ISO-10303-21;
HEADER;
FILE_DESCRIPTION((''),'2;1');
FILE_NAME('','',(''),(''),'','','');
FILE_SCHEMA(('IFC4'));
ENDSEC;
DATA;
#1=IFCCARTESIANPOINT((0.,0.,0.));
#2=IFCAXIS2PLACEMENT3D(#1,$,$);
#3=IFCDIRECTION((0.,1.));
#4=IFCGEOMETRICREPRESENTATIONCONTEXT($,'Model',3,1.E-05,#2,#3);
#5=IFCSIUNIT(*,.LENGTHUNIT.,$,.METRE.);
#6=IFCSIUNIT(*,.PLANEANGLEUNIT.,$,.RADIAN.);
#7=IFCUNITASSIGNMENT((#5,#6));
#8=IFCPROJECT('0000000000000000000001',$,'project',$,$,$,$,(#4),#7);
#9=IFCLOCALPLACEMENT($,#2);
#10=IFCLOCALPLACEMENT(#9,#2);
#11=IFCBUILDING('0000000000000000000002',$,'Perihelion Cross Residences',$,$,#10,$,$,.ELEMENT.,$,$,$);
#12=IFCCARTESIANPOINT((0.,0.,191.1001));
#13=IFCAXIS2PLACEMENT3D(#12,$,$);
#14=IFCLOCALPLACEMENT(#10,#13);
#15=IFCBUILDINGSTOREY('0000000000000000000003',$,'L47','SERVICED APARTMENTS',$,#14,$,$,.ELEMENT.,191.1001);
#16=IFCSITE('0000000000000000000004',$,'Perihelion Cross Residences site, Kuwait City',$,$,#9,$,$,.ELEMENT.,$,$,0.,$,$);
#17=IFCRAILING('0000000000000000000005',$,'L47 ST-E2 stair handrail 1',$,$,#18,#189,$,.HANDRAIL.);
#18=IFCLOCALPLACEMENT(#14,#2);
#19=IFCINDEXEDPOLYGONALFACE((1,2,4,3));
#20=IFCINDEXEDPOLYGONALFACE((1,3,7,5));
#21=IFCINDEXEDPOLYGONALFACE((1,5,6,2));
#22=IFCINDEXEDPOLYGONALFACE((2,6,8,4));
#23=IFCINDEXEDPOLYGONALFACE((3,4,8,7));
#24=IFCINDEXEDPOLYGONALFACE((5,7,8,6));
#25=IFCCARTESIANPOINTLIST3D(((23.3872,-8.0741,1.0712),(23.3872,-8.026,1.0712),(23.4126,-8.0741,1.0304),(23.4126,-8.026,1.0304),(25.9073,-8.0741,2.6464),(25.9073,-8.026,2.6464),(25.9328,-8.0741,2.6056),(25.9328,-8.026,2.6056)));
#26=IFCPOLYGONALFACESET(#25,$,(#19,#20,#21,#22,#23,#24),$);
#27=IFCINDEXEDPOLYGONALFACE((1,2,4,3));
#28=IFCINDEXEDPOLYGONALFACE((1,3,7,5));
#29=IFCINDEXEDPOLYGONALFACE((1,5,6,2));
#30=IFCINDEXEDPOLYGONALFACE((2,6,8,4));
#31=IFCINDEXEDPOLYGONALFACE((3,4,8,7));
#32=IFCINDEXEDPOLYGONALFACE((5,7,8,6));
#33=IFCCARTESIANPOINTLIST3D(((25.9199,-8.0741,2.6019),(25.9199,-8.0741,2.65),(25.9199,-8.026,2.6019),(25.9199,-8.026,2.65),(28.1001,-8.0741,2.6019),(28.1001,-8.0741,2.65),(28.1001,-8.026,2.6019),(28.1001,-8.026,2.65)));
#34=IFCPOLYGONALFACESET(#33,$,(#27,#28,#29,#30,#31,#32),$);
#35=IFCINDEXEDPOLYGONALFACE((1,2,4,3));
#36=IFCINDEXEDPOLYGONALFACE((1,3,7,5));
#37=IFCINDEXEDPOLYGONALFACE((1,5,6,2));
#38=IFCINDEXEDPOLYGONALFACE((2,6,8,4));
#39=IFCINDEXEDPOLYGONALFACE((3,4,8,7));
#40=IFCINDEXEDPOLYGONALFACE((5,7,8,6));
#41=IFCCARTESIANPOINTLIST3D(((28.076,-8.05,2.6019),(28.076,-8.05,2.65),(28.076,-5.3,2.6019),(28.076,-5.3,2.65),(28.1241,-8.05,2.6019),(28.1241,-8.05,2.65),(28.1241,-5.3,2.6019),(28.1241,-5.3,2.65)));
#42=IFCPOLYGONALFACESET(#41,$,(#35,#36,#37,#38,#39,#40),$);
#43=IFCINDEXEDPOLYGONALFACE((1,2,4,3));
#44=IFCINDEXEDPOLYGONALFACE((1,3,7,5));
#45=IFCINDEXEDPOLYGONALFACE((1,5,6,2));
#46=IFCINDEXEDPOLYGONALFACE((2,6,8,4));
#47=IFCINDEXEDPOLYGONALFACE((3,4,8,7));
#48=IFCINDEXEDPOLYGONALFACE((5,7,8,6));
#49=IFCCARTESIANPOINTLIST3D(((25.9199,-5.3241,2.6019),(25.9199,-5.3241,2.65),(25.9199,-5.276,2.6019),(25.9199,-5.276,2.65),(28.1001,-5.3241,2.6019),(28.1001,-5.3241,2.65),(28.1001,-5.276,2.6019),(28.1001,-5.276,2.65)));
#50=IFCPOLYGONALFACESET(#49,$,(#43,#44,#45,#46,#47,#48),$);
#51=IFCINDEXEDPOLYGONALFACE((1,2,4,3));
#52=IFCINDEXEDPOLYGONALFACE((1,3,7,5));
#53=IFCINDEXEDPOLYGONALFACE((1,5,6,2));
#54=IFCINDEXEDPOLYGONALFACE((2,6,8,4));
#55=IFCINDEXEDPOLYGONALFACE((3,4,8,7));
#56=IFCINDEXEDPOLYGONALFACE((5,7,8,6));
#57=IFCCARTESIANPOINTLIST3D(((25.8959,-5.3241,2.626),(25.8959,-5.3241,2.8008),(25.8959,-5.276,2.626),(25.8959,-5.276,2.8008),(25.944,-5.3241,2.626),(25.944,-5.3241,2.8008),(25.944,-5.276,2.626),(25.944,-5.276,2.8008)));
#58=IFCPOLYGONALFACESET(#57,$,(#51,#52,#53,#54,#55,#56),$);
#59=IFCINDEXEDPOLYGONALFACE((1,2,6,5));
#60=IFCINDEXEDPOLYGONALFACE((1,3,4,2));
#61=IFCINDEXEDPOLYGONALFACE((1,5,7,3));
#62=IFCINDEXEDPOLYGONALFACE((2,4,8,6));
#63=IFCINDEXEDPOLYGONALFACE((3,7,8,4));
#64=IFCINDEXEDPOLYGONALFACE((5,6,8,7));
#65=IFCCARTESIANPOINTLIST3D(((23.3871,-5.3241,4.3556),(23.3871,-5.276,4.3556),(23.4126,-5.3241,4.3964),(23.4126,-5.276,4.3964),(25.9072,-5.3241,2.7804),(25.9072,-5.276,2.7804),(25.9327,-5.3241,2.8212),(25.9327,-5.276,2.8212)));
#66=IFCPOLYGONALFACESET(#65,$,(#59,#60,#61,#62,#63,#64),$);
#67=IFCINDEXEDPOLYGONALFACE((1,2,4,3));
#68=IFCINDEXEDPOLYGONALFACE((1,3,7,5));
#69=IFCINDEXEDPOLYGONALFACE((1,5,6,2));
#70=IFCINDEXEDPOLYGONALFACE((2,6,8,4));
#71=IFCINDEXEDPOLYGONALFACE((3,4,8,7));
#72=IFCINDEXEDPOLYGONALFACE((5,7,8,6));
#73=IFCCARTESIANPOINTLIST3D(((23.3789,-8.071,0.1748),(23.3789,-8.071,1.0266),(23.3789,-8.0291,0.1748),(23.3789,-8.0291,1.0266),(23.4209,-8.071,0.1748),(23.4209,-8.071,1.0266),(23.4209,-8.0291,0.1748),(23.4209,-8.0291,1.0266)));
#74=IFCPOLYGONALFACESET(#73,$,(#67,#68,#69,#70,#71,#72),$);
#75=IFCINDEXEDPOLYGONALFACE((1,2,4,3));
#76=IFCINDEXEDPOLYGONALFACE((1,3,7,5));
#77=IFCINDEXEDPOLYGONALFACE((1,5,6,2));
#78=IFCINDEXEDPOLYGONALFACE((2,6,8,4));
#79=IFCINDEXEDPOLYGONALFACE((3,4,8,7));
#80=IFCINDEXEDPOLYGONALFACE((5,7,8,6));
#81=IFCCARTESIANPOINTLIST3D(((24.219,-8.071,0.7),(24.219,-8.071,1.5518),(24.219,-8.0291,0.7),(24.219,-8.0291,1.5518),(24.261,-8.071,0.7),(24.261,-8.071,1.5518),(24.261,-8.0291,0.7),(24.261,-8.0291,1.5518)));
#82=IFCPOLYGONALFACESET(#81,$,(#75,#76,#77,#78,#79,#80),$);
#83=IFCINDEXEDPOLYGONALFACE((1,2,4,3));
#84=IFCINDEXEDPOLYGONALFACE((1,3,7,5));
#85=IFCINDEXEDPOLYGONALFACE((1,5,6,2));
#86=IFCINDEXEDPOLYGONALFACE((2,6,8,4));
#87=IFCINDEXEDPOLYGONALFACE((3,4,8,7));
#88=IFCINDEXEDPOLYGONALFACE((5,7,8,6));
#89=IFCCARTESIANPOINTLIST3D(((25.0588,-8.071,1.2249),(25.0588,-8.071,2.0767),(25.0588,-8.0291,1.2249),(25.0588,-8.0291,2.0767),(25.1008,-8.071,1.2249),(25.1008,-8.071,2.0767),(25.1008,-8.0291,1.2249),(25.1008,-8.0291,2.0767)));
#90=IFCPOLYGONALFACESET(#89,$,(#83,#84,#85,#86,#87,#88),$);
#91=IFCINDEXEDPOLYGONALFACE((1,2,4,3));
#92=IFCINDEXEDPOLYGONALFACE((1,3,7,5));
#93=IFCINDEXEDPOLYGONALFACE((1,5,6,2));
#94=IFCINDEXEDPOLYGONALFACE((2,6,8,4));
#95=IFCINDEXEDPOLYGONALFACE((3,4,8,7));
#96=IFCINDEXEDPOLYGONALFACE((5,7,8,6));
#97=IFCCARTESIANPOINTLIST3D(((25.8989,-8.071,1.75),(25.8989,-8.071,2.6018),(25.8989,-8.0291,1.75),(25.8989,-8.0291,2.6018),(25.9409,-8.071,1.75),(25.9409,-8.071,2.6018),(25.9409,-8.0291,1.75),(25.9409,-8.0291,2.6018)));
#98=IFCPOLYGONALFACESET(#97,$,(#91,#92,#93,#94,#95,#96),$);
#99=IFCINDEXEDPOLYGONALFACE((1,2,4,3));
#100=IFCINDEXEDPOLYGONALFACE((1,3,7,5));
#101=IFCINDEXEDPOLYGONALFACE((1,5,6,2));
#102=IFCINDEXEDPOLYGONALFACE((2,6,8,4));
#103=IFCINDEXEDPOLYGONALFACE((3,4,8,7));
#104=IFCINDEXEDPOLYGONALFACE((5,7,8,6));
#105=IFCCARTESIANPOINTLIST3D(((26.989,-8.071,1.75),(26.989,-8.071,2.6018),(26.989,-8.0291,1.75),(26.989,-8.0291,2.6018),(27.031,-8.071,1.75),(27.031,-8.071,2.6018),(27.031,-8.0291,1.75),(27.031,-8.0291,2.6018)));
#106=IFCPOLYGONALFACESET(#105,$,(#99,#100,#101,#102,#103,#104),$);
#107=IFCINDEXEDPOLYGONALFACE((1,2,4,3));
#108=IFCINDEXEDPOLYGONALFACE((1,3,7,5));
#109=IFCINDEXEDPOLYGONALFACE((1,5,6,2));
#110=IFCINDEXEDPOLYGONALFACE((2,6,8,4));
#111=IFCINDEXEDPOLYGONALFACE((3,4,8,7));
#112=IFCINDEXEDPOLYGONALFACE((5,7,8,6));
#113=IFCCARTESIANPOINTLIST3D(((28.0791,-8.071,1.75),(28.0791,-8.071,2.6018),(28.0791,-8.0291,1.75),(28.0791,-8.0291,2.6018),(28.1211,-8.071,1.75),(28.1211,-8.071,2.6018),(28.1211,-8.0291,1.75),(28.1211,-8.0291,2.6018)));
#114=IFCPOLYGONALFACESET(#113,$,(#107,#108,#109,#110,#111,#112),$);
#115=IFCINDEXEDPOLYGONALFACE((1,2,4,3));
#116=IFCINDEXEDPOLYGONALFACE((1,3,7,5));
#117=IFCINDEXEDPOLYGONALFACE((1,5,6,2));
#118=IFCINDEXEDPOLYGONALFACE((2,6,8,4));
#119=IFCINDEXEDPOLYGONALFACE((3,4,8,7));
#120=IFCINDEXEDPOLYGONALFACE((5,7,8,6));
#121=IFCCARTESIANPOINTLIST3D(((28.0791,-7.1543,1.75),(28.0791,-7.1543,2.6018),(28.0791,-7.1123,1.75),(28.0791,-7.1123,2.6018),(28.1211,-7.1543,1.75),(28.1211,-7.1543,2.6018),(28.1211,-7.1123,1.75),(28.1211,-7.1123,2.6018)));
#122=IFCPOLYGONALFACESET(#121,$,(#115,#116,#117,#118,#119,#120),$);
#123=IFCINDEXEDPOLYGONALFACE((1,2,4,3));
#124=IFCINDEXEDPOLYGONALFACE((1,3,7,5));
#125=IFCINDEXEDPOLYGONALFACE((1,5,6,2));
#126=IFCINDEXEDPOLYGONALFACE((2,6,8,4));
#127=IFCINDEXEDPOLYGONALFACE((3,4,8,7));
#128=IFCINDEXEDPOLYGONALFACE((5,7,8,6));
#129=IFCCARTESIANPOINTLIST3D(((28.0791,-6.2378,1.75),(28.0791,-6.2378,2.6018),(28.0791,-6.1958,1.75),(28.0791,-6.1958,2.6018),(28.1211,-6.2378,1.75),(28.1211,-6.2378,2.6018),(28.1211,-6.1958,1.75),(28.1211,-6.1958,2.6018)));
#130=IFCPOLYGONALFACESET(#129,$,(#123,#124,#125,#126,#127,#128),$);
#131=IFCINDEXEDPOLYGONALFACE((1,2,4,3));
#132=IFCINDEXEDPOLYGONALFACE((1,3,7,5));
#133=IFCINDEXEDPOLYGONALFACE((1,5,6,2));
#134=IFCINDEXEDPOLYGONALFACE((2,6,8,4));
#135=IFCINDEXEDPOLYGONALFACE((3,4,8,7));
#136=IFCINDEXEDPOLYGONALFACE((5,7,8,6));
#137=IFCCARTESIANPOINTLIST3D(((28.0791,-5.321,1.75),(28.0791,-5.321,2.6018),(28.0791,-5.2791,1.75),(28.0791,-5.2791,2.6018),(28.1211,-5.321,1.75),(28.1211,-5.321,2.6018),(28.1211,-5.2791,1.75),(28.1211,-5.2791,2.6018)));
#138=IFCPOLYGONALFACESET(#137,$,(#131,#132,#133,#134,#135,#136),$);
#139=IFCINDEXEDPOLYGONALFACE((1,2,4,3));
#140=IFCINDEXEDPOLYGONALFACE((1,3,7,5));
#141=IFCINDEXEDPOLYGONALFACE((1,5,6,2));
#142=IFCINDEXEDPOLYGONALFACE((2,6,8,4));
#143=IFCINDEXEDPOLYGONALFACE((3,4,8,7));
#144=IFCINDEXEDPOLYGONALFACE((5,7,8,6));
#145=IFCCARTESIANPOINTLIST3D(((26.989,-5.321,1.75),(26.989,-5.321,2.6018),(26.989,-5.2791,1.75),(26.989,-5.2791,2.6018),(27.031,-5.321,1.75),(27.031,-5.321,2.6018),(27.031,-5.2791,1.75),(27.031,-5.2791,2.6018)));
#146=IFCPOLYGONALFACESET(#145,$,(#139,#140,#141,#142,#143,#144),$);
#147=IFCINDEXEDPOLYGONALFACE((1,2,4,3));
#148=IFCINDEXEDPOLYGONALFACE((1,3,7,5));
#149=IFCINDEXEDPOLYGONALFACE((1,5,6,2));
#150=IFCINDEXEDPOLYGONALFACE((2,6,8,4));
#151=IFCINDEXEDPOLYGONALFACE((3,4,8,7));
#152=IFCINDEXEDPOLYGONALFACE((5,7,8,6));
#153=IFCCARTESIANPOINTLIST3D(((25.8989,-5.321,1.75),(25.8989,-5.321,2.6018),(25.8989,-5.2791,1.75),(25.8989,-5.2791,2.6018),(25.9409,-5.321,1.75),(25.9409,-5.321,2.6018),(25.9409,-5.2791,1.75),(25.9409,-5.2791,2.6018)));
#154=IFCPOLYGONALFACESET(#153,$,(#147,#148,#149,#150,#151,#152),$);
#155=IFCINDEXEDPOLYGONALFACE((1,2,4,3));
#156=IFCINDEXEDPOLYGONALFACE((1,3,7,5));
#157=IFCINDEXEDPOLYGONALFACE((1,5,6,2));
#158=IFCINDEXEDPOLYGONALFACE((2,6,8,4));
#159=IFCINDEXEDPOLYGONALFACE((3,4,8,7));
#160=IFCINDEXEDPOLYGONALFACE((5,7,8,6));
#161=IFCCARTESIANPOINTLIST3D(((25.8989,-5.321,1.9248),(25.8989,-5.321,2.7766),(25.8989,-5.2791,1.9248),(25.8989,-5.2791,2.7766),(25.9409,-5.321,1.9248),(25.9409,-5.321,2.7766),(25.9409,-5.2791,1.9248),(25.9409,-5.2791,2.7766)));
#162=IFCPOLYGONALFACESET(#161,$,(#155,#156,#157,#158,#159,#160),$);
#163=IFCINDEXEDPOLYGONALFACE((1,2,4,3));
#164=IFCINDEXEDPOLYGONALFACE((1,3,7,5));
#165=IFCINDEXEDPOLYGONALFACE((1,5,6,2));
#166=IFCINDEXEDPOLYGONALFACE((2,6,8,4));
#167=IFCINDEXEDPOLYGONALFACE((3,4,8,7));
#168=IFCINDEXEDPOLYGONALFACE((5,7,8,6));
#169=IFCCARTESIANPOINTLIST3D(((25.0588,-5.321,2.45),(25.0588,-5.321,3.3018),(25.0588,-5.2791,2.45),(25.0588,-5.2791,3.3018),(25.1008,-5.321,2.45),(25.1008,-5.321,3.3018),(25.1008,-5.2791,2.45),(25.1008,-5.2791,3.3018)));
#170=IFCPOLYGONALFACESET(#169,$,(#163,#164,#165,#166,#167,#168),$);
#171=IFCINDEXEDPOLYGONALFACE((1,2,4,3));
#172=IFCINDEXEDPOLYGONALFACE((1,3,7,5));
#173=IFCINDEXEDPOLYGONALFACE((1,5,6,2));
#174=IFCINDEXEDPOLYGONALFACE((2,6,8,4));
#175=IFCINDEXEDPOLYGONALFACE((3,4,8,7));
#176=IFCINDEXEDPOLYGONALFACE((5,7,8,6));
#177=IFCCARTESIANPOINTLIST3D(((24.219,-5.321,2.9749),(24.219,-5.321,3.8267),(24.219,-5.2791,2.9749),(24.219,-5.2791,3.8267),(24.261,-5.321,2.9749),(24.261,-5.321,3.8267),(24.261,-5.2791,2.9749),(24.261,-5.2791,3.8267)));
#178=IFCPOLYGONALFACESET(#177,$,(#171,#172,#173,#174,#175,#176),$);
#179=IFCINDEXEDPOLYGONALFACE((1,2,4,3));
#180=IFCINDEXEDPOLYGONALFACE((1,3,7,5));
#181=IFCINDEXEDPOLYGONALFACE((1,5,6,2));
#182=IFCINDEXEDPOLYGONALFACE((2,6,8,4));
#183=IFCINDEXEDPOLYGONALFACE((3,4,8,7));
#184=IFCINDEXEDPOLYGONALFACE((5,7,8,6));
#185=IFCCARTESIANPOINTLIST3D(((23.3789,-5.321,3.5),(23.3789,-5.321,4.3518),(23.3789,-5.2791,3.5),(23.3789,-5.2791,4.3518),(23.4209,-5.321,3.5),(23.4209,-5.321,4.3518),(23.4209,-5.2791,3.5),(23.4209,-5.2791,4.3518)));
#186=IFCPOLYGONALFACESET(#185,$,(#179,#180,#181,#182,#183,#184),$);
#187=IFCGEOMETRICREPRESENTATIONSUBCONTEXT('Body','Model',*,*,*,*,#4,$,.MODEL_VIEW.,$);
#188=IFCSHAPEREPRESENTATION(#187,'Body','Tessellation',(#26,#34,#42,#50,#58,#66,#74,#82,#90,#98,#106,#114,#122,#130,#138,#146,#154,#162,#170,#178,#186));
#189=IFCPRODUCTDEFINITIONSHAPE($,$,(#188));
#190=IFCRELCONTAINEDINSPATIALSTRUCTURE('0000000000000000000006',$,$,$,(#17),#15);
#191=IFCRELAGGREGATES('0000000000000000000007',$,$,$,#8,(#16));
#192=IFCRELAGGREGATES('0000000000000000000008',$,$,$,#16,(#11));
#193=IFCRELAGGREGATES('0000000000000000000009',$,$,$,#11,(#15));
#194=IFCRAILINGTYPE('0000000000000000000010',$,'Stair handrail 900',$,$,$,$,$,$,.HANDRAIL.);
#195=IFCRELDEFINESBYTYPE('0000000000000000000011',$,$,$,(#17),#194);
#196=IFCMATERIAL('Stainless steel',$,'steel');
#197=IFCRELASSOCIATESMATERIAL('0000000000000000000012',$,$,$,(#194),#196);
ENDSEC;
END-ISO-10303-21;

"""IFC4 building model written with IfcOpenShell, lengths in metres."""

from ifc_helpers import new_model, si_unit, direction, frame, origin, origin_2d, place, context, subcontext, project, spatial, rectangle, extrude, material, type_object, element, save


model = new_model("IFC4")

# Units and contexts
model_context = context("Model", 3, precision=1e-05, world=origin(), true_north=direction((0.0, 1.0)))
body_context = subcontext(model_context, "Body", "Model", "MODEL_VIEW")
ifc_project = project(units=[si_unit("LENGTHUNIT", "METRE"), si_unit("PLANEANGLEUNIT", "RADIAN")], contexts=[model_context])

# Site, building, storey
site_placement = place(None, origin())
site = spatial("IfcSite", under=ifc_project, at=site_placement, Name="Perihelion Cross Residences site, Kuwait City", CompositionType="ELEMENT", RefElevation=0.0)
building_placement = place(site_placement, origin())
building = spatial("IfcBuilding", under=site, at=building_placement, Name="Perihelion Cross Residences", CompositionType="ELEMENT")
storey_placement = place(building_placement, frame((0.0, 0.0, 191.1001)))
storey = spatial("IfcBuildingStorey", under=building, at=storey_placement, Name="L47", Description="SERVICED APARTMENTS", CompositionType="ELEMENT", Elevation=191.1001)

# Railing
ifc_material_1 = material(Name="Stainless steel", Category="steel")
railing_type_1 = type_object("IfcRailingType", Name="Stair handrail 900", PredefinedType="HANDRAIL", material=ifc_material_1)
railing_1_placement = place(storey_placement, frame((23.3999, -8.05, 0.1748)))
element("IfcRailing", 1, at=railing_1_placement, inside=storey, type_object=railing_type_1, Name="L47 ST-E2 stair handrail 1", PredefinedType="HANDRAIL", context=body_context, shape_type="SweptSolid", body=[
    extrude(rectangle(XDim=0.0481, YDim=0.0481, at=origin_2d()), frame((0.0, 0.0, 0.876), z_axis=(0.847971, 0.0, 0.530043), x_axis=(0.0, 1.0, 0.0)), (0.0, 0.0, 1.0), 2.9719),
    extrude(rectangle(XDim=0.0481, YDim=0.0481, at=origin_2d()), frame((2.52, 0.0, 2.4512), z_axis=(1.0, 0.0, 0.0), x_axis=(0.0, 1.0, 0.0)), (0.0, 0.0, 1.0), 2.1802),
    extrude(rectangle(XDim=0.0481, YDim=0.0481, at=origin_2d()), frame((4.7002, 0.0, 2.4512), z_axis=(0.0, 1.0, 0.0), x_axis=(-1.0, 0.0, 0.0)), (0.0, 0.0, 1.0), 2.75),
    extrude(rectangle(XDim=0.0481, YDim=0.0481, at=origin_2d()), frame((4.7002, 2.75, 2.4512), z_axis=(-1.0, 0.0, 0.0), x_axis=(0.0, -1.0, 0.0)), (0.0, 0.0, 1.0), 2.1802),
    extrude(rectangle(XDim=0.0481, YDim=0.0481, at=origin_2d()), frame((2.52, 2.75, 2.4512), z_axis=(0.0, 0.0, 1.0), x_axis=(1.0, 0.0, 0.0)), (0.0, 0.0, 1.0), 0.1748),
    extrude(rectangle(XDim=0.0481, YDim=0.0481, at=origin_2d()), frame((2.52, 2.75, 2.626), z_axis=(-0.847971, 0.0, 0.530043), x_axis=(0.0, -1.0, 0.0)), (0.0, 0.0, 1.0), 2.9719),
    extrude(rectangle(XDim=0.042, YDim=0.042, at=origin_2d()), origin(), (0.0, 0.0, 1.0), 0.8518),
    extrude(rectangle(XDim=0.042, YDim=0.042, at=origin_2d()), frame((0.8401, 0.0, 0.5251)), (0.0, 0.0, 1.0), 0.8518),
    extrude(rectangle(XDim=0.042, YDim=0.042, at=origin_2d()), frame((1.6799, 0.0, 1.05)), (0.0, 0.0, 1.0), 0.8518),
    extrude(rectangle(XDim=0.042, YDim=0.042, at=origin_2d()), frame((2.52, 0.0, 1.5752)), (0.0, 0.0, 1.0), 0.8518),
    extrude(rectangle(XDim=0.042, YDim=0.042, at=origin_2d()), frame((3.6101, 0.0, 1.5752)), (0.0, 0.0, 1.0), 0.8518),
    extrude(rectangle(XDim=0.042, YDim=0.042, at=origin_2d()), frame((4.7002, 0.0, 1.5752)), (0.0, 0.0, 1.0), 0.8518),
    extrude(rectangle(XDim=0.042, YDim=0.042, at=origin_2d()), frame((4.7002, 0.9167, 1.5752)), (0.0, 0.0, 1.0), 0.8518),
    extrude(rectangle(XDim=0.042, YDim=0.042, at=origin_2d()), frame((4.7002, 1.8333, 1.5752)), (0.0, 0.0, 1.0), 0.8518),
    extrude(rectangle(XDim=0.042, YDim=0.042, at=origin_2d()), frame((4.7002, 2.75, 1.5752)), (0.0, 0.0, 1.0), 0.8518),
    extrude(rectangle(XDim=0.042, YDim=0.042, at=origin_2d()), frame((3.6101, 2.75, 1.5752)), (0.0, 0.0, 1.0), 0.8518),
    extrude(rectangle(XDim=0.042, YDim=0.042, at=origin_2d()), frame((2.52, 2.75, 1.5752)), (0.0, 0.0, 1.0), 0.8518),
    extrude(rectangle(XDim=0.042, YDim=0.042, at=origin_2d()), frame((2.52, 2.75, 1.75)), (0.0, 0.0, 1.0), 0.8518),
    extrude(rectangle(XDim=0.042, YDim=0.042, at=origin_2d()), frame((1.6799, 2.75, 2.2751)), (0.0, 0.0, 1.0), 0.8518),
    extrude(rectangle(XDim=0.042, YDim=0.042, at=origin_2d()), frame((0.8401, 2.75, 2.8)), (0.0, 0.0, 1.0), 0.8518),
    extrude(rectangle(XDim=0.042, YDim=0.042, at=origin_2d()), frame((0.0, 2.75, 3.3252)), (0.0, 0.0, 1.0), 0.8518),
])

save(model, "model.ifc")
